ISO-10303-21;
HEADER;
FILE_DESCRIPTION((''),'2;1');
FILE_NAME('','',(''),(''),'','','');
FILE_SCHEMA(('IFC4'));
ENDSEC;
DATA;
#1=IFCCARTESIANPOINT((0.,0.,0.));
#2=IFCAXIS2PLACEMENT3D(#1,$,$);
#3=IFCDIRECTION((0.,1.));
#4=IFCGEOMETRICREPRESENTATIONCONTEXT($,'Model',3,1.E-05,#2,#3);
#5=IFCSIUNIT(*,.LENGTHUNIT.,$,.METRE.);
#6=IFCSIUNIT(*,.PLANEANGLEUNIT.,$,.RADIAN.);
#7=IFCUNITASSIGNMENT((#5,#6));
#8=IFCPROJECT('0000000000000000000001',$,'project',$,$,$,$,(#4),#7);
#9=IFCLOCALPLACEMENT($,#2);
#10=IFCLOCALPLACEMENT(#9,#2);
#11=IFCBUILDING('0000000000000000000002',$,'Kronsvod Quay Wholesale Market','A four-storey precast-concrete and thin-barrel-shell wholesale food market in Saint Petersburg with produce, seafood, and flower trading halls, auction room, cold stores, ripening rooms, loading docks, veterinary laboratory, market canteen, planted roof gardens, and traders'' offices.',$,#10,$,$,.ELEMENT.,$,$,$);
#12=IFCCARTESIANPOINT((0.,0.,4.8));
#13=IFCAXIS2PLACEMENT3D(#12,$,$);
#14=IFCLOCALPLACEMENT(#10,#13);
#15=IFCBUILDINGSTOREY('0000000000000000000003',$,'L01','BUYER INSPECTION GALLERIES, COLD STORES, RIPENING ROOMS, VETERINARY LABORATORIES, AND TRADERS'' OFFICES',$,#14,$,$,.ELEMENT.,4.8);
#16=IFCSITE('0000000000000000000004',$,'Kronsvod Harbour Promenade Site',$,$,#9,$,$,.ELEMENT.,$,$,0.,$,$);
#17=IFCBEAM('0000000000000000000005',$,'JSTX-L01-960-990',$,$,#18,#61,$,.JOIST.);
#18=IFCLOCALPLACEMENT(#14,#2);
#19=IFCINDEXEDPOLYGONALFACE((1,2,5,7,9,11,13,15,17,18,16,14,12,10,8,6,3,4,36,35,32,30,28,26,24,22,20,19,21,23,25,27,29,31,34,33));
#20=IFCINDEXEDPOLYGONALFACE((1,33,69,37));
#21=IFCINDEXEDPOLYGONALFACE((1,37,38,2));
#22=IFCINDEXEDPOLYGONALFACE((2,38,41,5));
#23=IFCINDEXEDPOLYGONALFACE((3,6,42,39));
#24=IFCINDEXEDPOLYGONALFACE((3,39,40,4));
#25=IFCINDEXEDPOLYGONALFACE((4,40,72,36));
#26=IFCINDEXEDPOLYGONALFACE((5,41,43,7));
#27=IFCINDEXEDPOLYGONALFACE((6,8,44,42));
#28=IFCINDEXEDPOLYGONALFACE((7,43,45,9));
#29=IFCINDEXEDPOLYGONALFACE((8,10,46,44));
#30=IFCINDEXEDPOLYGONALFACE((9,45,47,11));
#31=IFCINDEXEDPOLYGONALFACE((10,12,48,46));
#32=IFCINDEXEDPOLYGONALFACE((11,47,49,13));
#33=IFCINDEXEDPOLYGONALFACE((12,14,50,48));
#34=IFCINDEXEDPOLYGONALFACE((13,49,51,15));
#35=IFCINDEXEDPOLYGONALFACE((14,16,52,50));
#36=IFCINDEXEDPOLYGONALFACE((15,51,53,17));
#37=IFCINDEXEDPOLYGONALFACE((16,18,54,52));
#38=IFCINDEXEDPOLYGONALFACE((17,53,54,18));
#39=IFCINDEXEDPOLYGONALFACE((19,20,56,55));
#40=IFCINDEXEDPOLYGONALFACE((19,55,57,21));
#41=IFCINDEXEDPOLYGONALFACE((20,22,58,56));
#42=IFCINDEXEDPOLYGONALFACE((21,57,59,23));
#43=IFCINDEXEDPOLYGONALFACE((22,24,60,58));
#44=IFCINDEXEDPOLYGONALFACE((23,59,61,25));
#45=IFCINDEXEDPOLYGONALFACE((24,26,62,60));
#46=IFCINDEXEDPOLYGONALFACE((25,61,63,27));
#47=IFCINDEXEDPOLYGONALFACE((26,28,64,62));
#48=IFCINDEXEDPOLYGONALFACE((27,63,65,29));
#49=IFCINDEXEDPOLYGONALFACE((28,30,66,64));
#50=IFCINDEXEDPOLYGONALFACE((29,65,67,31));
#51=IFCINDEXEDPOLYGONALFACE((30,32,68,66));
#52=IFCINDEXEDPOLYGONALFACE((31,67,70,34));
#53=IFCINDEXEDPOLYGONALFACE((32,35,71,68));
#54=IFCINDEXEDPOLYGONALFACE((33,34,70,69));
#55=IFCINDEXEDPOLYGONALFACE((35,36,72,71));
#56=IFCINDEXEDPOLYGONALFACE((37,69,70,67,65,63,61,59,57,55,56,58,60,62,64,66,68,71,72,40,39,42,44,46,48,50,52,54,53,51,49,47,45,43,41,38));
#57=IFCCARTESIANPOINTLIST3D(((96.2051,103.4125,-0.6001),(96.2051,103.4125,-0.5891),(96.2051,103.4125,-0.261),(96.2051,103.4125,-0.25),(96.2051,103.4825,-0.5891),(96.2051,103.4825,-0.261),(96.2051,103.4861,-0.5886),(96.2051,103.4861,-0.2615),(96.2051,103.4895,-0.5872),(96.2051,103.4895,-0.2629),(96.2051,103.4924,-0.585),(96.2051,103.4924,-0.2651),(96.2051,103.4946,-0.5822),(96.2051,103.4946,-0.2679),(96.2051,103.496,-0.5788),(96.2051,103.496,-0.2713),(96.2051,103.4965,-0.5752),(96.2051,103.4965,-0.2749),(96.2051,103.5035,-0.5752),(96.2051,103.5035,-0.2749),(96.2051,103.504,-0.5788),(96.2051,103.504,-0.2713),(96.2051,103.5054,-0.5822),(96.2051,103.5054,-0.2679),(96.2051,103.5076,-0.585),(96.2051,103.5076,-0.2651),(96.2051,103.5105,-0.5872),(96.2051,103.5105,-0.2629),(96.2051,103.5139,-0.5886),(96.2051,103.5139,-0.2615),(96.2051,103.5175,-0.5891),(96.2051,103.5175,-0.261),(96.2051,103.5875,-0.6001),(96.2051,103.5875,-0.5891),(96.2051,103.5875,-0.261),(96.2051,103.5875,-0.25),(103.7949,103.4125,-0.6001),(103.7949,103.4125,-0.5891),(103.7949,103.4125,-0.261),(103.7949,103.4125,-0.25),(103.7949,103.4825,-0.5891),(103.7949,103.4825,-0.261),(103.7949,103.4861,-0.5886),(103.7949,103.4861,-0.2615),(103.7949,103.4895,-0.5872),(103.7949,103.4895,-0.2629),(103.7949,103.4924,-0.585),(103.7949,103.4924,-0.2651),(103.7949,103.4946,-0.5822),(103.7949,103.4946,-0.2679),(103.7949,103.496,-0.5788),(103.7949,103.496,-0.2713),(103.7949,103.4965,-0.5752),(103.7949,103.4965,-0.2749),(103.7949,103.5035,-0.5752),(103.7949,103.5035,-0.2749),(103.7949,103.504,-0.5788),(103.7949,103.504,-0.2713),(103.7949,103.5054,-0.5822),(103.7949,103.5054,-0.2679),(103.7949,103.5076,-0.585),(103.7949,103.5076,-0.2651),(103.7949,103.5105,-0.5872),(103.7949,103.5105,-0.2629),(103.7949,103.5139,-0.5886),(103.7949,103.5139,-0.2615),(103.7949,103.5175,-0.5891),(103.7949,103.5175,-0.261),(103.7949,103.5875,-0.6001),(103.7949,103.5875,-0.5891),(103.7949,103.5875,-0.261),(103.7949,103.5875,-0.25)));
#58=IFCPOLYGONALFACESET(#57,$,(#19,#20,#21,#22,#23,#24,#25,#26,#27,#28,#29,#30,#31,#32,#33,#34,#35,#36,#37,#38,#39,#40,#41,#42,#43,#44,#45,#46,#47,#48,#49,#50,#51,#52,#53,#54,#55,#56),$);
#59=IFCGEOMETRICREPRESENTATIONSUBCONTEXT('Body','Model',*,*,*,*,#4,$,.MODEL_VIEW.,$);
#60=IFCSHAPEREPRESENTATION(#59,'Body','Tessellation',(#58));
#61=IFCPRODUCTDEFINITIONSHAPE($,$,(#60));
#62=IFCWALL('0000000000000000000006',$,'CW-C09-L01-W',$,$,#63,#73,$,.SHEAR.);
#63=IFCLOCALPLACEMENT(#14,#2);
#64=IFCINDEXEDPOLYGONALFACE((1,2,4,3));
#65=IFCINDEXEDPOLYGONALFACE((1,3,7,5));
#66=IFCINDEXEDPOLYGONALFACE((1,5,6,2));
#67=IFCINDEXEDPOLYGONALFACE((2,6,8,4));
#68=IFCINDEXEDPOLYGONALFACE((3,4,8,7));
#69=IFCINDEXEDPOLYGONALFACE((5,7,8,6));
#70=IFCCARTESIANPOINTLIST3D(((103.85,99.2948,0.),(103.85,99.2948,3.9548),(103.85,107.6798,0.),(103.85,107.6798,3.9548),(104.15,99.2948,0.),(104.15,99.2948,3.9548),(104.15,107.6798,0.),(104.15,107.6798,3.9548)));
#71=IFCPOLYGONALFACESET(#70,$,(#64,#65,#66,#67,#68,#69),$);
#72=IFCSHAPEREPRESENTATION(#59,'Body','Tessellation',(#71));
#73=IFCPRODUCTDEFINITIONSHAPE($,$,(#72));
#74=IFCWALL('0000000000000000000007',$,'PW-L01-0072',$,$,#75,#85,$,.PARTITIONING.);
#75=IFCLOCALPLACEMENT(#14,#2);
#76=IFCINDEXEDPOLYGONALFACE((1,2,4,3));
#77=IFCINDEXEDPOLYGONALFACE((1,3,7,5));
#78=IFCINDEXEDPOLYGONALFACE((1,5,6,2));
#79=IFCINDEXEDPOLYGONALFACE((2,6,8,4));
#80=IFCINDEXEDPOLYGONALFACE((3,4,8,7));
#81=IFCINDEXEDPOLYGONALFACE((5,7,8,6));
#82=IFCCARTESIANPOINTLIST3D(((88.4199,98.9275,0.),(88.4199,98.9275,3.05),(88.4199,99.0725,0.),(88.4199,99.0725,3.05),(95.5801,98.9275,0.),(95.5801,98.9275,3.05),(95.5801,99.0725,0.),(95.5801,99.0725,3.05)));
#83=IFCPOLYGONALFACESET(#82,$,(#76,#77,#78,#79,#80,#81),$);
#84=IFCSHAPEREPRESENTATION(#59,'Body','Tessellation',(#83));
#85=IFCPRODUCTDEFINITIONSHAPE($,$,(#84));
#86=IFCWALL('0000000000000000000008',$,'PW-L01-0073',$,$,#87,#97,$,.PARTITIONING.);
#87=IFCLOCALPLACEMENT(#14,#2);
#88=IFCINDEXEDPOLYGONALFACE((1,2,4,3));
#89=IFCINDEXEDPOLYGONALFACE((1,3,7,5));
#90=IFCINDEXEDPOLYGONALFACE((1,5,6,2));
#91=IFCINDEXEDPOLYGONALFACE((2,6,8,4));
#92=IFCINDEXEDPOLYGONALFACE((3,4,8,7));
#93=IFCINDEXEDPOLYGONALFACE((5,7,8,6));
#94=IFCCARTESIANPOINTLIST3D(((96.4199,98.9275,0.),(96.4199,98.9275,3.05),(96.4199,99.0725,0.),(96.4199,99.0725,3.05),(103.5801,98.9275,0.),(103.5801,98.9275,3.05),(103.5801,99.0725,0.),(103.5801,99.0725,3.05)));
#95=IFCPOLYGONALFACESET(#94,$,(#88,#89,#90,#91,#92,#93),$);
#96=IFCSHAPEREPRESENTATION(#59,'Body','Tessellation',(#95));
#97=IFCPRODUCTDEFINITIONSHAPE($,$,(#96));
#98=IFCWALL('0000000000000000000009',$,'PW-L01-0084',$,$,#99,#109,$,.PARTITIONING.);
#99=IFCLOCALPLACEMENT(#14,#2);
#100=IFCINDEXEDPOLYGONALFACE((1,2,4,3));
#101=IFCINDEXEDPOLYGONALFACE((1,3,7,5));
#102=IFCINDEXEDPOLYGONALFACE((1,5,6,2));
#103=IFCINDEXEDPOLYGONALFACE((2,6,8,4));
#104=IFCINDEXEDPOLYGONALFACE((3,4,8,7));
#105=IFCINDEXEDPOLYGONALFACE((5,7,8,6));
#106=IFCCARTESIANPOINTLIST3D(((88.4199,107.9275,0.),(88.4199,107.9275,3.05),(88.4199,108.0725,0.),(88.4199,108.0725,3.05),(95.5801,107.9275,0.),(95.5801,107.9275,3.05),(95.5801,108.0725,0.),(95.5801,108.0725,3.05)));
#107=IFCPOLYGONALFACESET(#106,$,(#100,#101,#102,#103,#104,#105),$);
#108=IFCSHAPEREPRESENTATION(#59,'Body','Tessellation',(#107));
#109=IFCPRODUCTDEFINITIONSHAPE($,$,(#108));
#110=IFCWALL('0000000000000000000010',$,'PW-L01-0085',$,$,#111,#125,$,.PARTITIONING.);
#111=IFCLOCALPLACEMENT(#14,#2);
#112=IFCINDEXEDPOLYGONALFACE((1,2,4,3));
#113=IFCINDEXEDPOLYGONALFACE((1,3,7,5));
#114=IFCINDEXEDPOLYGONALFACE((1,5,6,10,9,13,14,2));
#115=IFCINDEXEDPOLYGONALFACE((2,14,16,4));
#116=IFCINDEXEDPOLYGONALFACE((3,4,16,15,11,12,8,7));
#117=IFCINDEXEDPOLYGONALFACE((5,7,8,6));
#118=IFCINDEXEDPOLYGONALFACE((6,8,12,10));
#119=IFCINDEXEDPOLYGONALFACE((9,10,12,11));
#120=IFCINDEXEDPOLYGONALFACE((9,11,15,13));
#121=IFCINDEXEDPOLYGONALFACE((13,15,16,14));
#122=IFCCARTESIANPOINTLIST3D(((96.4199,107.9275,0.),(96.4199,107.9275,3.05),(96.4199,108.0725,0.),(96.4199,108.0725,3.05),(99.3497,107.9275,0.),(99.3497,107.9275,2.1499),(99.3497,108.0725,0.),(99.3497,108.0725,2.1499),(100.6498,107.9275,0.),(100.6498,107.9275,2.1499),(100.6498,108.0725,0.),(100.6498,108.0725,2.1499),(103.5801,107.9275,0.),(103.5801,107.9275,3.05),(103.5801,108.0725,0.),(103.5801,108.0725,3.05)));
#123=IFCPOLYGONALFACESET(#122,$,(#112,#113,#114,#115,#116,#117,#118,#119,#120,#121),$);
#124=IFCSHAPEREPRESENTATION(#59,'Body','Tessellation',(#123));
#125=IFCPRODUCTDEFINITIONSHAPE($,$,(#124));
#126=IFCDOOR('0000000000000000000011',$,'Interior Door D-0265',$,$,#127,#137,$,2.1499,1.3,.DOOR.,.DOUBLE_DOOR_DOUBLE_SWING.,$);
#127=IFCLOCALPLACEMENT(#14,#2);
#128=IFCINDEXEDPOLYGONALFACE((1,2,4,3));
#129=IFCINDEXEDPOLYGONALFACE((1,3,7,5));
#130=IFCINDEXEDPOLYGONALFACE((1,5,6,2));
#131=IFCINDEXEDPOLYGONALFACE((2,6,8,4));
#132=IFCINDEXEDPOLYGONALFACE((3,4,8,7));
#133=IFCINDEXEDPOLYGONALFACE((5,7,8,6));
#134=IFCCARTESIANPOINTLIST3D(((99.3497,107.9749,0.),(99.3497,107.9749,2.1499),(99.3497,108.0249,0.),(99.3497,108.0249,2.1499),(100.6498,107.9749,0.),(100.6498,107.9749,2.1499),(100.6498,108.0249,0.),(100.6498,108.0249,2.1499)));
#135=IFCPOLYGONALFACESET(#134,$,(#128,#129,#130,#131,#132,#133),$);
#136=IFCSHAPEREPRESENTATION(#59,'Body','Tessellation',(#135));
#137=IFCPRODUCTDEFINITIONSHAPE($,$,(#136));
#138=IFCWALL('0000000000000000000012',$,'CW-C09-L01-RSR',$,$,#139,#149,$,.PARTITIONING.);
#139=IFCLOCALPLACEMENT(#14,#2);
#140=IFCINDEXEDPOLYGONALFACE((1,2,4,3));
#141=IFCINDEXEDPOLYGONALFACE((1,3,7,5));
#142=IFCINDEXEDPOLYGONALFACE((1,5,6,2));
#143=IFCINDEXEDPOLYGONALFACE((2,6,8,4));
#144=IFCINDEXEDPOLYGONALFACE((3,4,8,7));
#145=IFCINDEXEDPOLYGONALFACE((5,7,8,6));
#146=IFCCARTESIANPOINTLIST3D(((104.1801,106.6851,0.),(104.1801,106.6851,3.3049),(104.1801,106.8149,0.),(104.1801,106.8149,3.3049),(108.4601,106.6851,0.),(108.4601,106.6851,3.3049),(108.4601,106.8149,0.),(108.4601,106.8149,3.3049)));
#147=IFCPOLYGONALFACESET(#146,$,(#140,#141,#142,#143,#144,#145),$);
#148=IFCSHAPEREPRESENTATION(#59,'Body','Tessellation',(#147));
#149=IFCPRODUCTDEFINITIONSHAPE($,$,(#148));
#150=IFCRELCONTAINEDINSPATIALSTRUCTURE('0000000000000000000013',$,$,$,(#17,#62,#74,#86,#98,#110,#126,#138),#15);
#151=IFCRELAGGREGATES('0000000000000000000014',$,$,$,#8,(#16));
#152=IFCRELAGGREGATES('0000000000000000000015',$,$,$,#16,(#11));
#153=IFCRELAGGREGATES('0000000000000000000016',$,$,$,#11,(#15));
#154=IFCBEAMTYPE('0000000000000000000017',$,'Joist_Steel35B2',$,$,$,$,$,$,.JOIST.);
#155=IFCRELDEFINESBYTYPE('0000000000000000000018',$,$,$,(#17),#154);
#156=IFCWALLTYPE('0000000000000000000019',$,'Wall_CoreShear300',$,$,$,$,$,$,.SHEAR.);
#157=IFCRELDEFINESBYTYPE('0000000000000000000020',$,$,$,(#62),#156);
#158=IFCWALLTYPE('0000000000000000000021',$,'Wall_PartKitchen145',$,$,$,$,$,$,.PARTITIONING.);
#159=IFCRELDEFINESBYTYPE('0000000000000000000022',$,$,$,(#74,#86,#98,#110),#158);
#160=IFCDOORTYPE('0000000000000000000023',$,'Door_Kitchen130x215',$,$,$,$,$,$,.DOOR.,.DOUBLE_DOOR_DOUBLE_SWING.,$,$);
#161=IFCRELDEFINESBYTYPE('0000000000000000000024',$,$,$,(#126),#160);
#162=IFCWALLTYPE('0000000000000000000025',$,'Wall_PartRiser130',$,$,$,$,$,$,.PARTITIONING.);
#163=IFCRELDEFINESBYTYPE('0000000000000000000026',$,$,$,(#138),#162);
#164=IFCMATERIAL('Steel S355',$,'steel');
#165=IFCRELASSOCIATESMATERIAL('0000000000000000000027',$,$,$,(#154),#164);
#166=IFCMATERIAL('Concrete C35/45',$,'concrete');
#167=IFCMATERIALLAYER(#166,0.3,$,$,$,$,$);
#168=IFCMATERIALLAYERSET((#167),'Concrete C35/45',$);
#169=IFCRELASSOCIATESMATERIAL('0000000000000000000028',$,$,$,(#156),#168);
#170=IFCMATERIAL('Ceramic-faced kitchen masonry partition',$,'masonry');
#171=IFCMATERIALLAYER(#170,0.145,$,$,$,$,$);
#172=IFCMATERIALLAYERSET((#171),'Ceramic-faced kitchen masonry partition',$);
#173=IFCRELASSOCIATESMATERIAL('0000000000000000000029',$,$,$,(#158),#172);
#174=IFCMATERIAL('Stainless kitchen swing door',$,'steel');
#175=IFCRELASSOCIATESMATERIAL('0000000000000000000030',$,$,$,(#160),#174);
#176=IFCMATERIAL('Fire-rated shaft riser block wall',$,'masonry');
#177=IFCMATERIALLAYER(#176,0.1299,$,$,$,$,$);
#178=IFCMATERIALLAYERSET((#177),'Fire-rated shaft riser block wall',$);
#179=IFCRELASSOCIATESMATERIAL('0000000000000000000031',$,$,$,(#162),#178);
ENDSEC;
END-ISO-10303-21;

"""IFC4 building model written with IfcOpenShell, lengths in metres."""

from ifc_helpers import new_model, si_unit, direction, frame, frame_2d, origin, origin_2d, place, context, subcontext, project, spatial, rectangle, i_section, extrude, material, layer, layer_set, material_profile, profile_set, type_object, element, fill, save


model = new_model("IFC4")

# Units and contexts
model_context = context("Model", 3, precision=1e-05, world=origin(), true_north=direction((0.0, 1.0)))
body_context = subcontext(model_context, "Body", "Model", "MODEL_VIEW")
ifc_project = project(units=[si_unit("LENGTHUNIT", "METRE"), si_unit("PLANEANGLEUNIT", "RADIAN")], contexts=[model_context])

# Site, building, storey
site_placement = place(None, origin())
site = spatial("IfcSite", under=ifc_project, at=site_placement, Name="Kronsvod Harbour Promenade Site", CompositionType="ELEMENT", RefElevation=0.0)
building_placement = place(site_placement, origin())
building = spatial("IfcBuilding", under=site, at=building_placement, Name="Kronsvod Quay Wholesale Market", Description="A four-storey precast-concrete and thin-barrel-shell wholesale food market in Saint Petersburg with produce, seafood, and flower trading halls, auction room, cold stores, ripening rooms, loading docks, veterinary laboratory, market canteen, planted roof gardens, and traders' offices.", CompositionType="ELEMENT")
storey_placement = place(building_placement, frame((0.0, 0.0, 4.8)))
storey = spatial("IfcBuildingStorey", under=building, at=storey_placement, Name="L01", Description="BUYER INSPECTION GALLERIES, COLD STORES, RIPENING ROOMS, VETERINARY LABORATORIES, AND TRADERS' OFFICES", CompositionType="ELEMENT", Elevation=4.8)

# Beam
ifc_material_1 = material(Name="Steel S355", Category="steel")
ifc_material_profile_1 = material_profile(ifc_material_1, i_section(OverallWidth=0.175, OverallDepth=0.3501, WebThickness=0.0071, FlangeThickness=0.011, FilletRadius=0.0139, at=origin_2d()), Name="35B2")
ifc_profile_set_1 = profile_set([ifc_material_profile_1], Name="Steel S355")
beam_type_1 = type_object("IfcBeamType", Name="Joist_Steel35B2", PredefinedType="JOIST", material=ifc_profile_set_1)
for number, where, z_axis, x_axis, name in (
    (1, (96.2051, 103.5, -0.425), (1.0, 0.0, 0.0), (0.0, 1.0, 0.0), "JSTX-L01-960-990"),
):
    element("IfcBeam", number, at=place(storey_placement, frame(where, z_axis=z_axis, x_axis=x_axis)), inside=storey, type_object=beam_type_1, Name=name, PredefinedType="JOIST", context=body_context, shape_type="SweptSolid", body=[
        extrude(i_section(OverallWidth=0.175, OverallDepth=0.3501, WebThickness=0.0071, FlangeThickness=0.011, FilletRadius=0.0139, at=origin_2d()), origin(), (0.0, 0.0, 1.0), 7.5898),
    ])

# Walls
ifc_material_2 = material(Name="Concrete C35/45", Category="concrete")
ifc_layer_1 = layer(ifc_material_2, 0.3)
ifc_layer_set_1 = layer_set([ifc_layer_1], Name="Concrete C35/45")
wall_type_1 = type_object("IfcWallType", Name="Wall_CoreShear300", PredefinedType="SHEAR", material=ifc_layer_set_1)
wall_1_placement = place(storey_placement, frame((104.0, 99.2949, 0.0), z_axis=(0.0, 0.0, 1.0), x_axis=(0.0, 1.0, 0.0)))
element("IfcWall", 2, at=wall_1_placement, inside=storey, type_object=wall_type_1, Name="CW-C09-L01-W", PredefinedType="SHEAR", context=body_context, shape_type="SweptSolid", body=[
    extrude(rectangle(XDim=8.385, YDim=0.3, at=frame_2d((4.1924, 0.0))), origin(), (0.0, 0.0, 1.0), 3.9548),
])
ifc_material_3 = material(Name="Ceramic-faced kitchen masonry partition", Category="masonry")
ifc_layer_2 = layer(ifc_material_3, 0.145)
ifc_layer_set_2 = layer_set([ifc_layer_2], Name="Ceramic-faced kitchen masonry partition")
wall_type_2 = type_object("IfcWallType", Name="Wall_PartKitchen145", PredefinedType="PARTITIONING", material=ifc_layer_set_2)
for number, where, z_axis, x_axis, name in (
    (3, (88.4199, 99.0, 0.0), (0.0, 0.0, 1.0), (1.0, 0.0, 0.0), "PW-L01-0072"),
    (4, (96.4199, 99.0, 0.0), (0.0, 0.0, 1.0), (1.0, 0.0, 0.0), "PW-L01-0073"),
    (5, (88.4199, 108.0, 0.0), (0.0, 0.0, 1.0), (1.0, 0.0, 0.0), "PW-L01-0084"),
):
    element("IfcWall", number, at=place(storey_placement, frame(where, z_axis=z_axis, x_axis=x_axis)), inside=storey, type_object=wall_type_2, Name=name, PredefinedType="PARTITIONING", context=body_context, shape_type="SweptSolid", body=[
        extrude(rectangle(XDim=7.1602, YDim=0.145, at=frame_2d((3.5801, 0.0))), origin(), (0.0, 0.0, 1.0), 3.05),
    ])

# Wall, opening, door
wall_2_placement = place(storey_placement, frame((96.4199, 108.0, 0.0), z_axis=(0.0, 0.0, 1.0), x_axis=(1.0, 0.0, 0.0)))
wall_2 = element("IfcWall", 6, at=wall_2_placement, inside=storey, type_object=wall_type_2, Name="PW-L01-0085", PredefinedType="PARTITIONING", context=body_context, shape_type="SweptSolid", body=[
    extrude(rectangle(XDim=7.1602, YDim=0.145, at=frame_2d((3.5801, 0.0))), origin(), (0.0, 0.0, 1.0), 3.05),
])
opening_placement = place(wall_2_placement, frame((2.9299, 0.0, 0.0)))
opening = element("IfcOpeningElement", 7, at=opening_placement, cuts=wall_2, PredefinedType="OPENING", context=body_context, shape_type="SweptSolid", body=[
    extrude(rectangle(XDim=1.3, YDim=2.1499, at=frame_2d((0.6499, 1.075))), frame((0.0, 0.0825, 0.0), z_axis=(0.0, -1.0, 0.0), x_axis=(1.0, 0.0, 0.0)), (0.0, 0.0, 1.0), 0.165),
])
ifc_material_4 = material(Name="Stainless kitchen swing door", Category="steel")
door_type = type_object("IfcDoorType", Name="Door_Kitchen130x215", OperationType="DOUBLE_DOOR_DOUBLE_SWING", PredefinedType="DOOR", material=ifc_material_4)
door_placement = place(opening_placement, origin())
door = element("IfcDoor", 8, at=door_placement, inside=storey, type_object=door_type, Name="Interior Door D-0265", OperationType="DOUBLE_DOOR_DOUBLE_SWING", OverallHeight=2.1499, OverallWidth=1.3, PredefinedType="DOOR", context=body_context, shape_type="SweptSolid", body=[
    extrude(rectangle(XDim=1.3, YDim=2.1499, at=frame_2d((0.6499, 1.075))), frame((0.0, 0.0249, 0.0), z_axis=(0.0, -1.0, 0.0), x_axis=(1.0, 0.0, 0.0)), (0.0, 0.0, 1.0), 0.05),
])
fill(opening, door)

# Wall
ifc_material_5 = material(Name="Fire-rated shaft riser block wall", Category="masonry")
ifc_layer_3 = layer(ifc_material_5, 0.1299)
ifc_layer_set_3 = layer_set([ifc_layer_3], Name="Fire-rated shaft riser block wall")
wall_type_3 = type_object("IfcWallType", Name="Wall_PartRiser130", PredefinedType="PARTITIONING", material=ifc_layer_set_3)
wall_3_placement = place(storey_placement, frame((104.1799, 106.75, 0.0), z_axis=(0.0, 0.0, 1.0), x_axis=(1.0, 0.0, 0.0)))
element("IfcWall", 9, at=wall_3_placement, inside=storey, type_object=wall_type_3, Name="CW-C09-L01-RSR", PredefinedType="PARTITIONING", context=body_context, shape_type="SweptSolid", body=[
    extrude(rectangle(XDim=4.28, YDim=0.1299, at=frame_2d((2.1401, 0.0))), origin(), (0.0, 0.0, 1.0), 3.3049),
])

save(model, "model.ifc")
